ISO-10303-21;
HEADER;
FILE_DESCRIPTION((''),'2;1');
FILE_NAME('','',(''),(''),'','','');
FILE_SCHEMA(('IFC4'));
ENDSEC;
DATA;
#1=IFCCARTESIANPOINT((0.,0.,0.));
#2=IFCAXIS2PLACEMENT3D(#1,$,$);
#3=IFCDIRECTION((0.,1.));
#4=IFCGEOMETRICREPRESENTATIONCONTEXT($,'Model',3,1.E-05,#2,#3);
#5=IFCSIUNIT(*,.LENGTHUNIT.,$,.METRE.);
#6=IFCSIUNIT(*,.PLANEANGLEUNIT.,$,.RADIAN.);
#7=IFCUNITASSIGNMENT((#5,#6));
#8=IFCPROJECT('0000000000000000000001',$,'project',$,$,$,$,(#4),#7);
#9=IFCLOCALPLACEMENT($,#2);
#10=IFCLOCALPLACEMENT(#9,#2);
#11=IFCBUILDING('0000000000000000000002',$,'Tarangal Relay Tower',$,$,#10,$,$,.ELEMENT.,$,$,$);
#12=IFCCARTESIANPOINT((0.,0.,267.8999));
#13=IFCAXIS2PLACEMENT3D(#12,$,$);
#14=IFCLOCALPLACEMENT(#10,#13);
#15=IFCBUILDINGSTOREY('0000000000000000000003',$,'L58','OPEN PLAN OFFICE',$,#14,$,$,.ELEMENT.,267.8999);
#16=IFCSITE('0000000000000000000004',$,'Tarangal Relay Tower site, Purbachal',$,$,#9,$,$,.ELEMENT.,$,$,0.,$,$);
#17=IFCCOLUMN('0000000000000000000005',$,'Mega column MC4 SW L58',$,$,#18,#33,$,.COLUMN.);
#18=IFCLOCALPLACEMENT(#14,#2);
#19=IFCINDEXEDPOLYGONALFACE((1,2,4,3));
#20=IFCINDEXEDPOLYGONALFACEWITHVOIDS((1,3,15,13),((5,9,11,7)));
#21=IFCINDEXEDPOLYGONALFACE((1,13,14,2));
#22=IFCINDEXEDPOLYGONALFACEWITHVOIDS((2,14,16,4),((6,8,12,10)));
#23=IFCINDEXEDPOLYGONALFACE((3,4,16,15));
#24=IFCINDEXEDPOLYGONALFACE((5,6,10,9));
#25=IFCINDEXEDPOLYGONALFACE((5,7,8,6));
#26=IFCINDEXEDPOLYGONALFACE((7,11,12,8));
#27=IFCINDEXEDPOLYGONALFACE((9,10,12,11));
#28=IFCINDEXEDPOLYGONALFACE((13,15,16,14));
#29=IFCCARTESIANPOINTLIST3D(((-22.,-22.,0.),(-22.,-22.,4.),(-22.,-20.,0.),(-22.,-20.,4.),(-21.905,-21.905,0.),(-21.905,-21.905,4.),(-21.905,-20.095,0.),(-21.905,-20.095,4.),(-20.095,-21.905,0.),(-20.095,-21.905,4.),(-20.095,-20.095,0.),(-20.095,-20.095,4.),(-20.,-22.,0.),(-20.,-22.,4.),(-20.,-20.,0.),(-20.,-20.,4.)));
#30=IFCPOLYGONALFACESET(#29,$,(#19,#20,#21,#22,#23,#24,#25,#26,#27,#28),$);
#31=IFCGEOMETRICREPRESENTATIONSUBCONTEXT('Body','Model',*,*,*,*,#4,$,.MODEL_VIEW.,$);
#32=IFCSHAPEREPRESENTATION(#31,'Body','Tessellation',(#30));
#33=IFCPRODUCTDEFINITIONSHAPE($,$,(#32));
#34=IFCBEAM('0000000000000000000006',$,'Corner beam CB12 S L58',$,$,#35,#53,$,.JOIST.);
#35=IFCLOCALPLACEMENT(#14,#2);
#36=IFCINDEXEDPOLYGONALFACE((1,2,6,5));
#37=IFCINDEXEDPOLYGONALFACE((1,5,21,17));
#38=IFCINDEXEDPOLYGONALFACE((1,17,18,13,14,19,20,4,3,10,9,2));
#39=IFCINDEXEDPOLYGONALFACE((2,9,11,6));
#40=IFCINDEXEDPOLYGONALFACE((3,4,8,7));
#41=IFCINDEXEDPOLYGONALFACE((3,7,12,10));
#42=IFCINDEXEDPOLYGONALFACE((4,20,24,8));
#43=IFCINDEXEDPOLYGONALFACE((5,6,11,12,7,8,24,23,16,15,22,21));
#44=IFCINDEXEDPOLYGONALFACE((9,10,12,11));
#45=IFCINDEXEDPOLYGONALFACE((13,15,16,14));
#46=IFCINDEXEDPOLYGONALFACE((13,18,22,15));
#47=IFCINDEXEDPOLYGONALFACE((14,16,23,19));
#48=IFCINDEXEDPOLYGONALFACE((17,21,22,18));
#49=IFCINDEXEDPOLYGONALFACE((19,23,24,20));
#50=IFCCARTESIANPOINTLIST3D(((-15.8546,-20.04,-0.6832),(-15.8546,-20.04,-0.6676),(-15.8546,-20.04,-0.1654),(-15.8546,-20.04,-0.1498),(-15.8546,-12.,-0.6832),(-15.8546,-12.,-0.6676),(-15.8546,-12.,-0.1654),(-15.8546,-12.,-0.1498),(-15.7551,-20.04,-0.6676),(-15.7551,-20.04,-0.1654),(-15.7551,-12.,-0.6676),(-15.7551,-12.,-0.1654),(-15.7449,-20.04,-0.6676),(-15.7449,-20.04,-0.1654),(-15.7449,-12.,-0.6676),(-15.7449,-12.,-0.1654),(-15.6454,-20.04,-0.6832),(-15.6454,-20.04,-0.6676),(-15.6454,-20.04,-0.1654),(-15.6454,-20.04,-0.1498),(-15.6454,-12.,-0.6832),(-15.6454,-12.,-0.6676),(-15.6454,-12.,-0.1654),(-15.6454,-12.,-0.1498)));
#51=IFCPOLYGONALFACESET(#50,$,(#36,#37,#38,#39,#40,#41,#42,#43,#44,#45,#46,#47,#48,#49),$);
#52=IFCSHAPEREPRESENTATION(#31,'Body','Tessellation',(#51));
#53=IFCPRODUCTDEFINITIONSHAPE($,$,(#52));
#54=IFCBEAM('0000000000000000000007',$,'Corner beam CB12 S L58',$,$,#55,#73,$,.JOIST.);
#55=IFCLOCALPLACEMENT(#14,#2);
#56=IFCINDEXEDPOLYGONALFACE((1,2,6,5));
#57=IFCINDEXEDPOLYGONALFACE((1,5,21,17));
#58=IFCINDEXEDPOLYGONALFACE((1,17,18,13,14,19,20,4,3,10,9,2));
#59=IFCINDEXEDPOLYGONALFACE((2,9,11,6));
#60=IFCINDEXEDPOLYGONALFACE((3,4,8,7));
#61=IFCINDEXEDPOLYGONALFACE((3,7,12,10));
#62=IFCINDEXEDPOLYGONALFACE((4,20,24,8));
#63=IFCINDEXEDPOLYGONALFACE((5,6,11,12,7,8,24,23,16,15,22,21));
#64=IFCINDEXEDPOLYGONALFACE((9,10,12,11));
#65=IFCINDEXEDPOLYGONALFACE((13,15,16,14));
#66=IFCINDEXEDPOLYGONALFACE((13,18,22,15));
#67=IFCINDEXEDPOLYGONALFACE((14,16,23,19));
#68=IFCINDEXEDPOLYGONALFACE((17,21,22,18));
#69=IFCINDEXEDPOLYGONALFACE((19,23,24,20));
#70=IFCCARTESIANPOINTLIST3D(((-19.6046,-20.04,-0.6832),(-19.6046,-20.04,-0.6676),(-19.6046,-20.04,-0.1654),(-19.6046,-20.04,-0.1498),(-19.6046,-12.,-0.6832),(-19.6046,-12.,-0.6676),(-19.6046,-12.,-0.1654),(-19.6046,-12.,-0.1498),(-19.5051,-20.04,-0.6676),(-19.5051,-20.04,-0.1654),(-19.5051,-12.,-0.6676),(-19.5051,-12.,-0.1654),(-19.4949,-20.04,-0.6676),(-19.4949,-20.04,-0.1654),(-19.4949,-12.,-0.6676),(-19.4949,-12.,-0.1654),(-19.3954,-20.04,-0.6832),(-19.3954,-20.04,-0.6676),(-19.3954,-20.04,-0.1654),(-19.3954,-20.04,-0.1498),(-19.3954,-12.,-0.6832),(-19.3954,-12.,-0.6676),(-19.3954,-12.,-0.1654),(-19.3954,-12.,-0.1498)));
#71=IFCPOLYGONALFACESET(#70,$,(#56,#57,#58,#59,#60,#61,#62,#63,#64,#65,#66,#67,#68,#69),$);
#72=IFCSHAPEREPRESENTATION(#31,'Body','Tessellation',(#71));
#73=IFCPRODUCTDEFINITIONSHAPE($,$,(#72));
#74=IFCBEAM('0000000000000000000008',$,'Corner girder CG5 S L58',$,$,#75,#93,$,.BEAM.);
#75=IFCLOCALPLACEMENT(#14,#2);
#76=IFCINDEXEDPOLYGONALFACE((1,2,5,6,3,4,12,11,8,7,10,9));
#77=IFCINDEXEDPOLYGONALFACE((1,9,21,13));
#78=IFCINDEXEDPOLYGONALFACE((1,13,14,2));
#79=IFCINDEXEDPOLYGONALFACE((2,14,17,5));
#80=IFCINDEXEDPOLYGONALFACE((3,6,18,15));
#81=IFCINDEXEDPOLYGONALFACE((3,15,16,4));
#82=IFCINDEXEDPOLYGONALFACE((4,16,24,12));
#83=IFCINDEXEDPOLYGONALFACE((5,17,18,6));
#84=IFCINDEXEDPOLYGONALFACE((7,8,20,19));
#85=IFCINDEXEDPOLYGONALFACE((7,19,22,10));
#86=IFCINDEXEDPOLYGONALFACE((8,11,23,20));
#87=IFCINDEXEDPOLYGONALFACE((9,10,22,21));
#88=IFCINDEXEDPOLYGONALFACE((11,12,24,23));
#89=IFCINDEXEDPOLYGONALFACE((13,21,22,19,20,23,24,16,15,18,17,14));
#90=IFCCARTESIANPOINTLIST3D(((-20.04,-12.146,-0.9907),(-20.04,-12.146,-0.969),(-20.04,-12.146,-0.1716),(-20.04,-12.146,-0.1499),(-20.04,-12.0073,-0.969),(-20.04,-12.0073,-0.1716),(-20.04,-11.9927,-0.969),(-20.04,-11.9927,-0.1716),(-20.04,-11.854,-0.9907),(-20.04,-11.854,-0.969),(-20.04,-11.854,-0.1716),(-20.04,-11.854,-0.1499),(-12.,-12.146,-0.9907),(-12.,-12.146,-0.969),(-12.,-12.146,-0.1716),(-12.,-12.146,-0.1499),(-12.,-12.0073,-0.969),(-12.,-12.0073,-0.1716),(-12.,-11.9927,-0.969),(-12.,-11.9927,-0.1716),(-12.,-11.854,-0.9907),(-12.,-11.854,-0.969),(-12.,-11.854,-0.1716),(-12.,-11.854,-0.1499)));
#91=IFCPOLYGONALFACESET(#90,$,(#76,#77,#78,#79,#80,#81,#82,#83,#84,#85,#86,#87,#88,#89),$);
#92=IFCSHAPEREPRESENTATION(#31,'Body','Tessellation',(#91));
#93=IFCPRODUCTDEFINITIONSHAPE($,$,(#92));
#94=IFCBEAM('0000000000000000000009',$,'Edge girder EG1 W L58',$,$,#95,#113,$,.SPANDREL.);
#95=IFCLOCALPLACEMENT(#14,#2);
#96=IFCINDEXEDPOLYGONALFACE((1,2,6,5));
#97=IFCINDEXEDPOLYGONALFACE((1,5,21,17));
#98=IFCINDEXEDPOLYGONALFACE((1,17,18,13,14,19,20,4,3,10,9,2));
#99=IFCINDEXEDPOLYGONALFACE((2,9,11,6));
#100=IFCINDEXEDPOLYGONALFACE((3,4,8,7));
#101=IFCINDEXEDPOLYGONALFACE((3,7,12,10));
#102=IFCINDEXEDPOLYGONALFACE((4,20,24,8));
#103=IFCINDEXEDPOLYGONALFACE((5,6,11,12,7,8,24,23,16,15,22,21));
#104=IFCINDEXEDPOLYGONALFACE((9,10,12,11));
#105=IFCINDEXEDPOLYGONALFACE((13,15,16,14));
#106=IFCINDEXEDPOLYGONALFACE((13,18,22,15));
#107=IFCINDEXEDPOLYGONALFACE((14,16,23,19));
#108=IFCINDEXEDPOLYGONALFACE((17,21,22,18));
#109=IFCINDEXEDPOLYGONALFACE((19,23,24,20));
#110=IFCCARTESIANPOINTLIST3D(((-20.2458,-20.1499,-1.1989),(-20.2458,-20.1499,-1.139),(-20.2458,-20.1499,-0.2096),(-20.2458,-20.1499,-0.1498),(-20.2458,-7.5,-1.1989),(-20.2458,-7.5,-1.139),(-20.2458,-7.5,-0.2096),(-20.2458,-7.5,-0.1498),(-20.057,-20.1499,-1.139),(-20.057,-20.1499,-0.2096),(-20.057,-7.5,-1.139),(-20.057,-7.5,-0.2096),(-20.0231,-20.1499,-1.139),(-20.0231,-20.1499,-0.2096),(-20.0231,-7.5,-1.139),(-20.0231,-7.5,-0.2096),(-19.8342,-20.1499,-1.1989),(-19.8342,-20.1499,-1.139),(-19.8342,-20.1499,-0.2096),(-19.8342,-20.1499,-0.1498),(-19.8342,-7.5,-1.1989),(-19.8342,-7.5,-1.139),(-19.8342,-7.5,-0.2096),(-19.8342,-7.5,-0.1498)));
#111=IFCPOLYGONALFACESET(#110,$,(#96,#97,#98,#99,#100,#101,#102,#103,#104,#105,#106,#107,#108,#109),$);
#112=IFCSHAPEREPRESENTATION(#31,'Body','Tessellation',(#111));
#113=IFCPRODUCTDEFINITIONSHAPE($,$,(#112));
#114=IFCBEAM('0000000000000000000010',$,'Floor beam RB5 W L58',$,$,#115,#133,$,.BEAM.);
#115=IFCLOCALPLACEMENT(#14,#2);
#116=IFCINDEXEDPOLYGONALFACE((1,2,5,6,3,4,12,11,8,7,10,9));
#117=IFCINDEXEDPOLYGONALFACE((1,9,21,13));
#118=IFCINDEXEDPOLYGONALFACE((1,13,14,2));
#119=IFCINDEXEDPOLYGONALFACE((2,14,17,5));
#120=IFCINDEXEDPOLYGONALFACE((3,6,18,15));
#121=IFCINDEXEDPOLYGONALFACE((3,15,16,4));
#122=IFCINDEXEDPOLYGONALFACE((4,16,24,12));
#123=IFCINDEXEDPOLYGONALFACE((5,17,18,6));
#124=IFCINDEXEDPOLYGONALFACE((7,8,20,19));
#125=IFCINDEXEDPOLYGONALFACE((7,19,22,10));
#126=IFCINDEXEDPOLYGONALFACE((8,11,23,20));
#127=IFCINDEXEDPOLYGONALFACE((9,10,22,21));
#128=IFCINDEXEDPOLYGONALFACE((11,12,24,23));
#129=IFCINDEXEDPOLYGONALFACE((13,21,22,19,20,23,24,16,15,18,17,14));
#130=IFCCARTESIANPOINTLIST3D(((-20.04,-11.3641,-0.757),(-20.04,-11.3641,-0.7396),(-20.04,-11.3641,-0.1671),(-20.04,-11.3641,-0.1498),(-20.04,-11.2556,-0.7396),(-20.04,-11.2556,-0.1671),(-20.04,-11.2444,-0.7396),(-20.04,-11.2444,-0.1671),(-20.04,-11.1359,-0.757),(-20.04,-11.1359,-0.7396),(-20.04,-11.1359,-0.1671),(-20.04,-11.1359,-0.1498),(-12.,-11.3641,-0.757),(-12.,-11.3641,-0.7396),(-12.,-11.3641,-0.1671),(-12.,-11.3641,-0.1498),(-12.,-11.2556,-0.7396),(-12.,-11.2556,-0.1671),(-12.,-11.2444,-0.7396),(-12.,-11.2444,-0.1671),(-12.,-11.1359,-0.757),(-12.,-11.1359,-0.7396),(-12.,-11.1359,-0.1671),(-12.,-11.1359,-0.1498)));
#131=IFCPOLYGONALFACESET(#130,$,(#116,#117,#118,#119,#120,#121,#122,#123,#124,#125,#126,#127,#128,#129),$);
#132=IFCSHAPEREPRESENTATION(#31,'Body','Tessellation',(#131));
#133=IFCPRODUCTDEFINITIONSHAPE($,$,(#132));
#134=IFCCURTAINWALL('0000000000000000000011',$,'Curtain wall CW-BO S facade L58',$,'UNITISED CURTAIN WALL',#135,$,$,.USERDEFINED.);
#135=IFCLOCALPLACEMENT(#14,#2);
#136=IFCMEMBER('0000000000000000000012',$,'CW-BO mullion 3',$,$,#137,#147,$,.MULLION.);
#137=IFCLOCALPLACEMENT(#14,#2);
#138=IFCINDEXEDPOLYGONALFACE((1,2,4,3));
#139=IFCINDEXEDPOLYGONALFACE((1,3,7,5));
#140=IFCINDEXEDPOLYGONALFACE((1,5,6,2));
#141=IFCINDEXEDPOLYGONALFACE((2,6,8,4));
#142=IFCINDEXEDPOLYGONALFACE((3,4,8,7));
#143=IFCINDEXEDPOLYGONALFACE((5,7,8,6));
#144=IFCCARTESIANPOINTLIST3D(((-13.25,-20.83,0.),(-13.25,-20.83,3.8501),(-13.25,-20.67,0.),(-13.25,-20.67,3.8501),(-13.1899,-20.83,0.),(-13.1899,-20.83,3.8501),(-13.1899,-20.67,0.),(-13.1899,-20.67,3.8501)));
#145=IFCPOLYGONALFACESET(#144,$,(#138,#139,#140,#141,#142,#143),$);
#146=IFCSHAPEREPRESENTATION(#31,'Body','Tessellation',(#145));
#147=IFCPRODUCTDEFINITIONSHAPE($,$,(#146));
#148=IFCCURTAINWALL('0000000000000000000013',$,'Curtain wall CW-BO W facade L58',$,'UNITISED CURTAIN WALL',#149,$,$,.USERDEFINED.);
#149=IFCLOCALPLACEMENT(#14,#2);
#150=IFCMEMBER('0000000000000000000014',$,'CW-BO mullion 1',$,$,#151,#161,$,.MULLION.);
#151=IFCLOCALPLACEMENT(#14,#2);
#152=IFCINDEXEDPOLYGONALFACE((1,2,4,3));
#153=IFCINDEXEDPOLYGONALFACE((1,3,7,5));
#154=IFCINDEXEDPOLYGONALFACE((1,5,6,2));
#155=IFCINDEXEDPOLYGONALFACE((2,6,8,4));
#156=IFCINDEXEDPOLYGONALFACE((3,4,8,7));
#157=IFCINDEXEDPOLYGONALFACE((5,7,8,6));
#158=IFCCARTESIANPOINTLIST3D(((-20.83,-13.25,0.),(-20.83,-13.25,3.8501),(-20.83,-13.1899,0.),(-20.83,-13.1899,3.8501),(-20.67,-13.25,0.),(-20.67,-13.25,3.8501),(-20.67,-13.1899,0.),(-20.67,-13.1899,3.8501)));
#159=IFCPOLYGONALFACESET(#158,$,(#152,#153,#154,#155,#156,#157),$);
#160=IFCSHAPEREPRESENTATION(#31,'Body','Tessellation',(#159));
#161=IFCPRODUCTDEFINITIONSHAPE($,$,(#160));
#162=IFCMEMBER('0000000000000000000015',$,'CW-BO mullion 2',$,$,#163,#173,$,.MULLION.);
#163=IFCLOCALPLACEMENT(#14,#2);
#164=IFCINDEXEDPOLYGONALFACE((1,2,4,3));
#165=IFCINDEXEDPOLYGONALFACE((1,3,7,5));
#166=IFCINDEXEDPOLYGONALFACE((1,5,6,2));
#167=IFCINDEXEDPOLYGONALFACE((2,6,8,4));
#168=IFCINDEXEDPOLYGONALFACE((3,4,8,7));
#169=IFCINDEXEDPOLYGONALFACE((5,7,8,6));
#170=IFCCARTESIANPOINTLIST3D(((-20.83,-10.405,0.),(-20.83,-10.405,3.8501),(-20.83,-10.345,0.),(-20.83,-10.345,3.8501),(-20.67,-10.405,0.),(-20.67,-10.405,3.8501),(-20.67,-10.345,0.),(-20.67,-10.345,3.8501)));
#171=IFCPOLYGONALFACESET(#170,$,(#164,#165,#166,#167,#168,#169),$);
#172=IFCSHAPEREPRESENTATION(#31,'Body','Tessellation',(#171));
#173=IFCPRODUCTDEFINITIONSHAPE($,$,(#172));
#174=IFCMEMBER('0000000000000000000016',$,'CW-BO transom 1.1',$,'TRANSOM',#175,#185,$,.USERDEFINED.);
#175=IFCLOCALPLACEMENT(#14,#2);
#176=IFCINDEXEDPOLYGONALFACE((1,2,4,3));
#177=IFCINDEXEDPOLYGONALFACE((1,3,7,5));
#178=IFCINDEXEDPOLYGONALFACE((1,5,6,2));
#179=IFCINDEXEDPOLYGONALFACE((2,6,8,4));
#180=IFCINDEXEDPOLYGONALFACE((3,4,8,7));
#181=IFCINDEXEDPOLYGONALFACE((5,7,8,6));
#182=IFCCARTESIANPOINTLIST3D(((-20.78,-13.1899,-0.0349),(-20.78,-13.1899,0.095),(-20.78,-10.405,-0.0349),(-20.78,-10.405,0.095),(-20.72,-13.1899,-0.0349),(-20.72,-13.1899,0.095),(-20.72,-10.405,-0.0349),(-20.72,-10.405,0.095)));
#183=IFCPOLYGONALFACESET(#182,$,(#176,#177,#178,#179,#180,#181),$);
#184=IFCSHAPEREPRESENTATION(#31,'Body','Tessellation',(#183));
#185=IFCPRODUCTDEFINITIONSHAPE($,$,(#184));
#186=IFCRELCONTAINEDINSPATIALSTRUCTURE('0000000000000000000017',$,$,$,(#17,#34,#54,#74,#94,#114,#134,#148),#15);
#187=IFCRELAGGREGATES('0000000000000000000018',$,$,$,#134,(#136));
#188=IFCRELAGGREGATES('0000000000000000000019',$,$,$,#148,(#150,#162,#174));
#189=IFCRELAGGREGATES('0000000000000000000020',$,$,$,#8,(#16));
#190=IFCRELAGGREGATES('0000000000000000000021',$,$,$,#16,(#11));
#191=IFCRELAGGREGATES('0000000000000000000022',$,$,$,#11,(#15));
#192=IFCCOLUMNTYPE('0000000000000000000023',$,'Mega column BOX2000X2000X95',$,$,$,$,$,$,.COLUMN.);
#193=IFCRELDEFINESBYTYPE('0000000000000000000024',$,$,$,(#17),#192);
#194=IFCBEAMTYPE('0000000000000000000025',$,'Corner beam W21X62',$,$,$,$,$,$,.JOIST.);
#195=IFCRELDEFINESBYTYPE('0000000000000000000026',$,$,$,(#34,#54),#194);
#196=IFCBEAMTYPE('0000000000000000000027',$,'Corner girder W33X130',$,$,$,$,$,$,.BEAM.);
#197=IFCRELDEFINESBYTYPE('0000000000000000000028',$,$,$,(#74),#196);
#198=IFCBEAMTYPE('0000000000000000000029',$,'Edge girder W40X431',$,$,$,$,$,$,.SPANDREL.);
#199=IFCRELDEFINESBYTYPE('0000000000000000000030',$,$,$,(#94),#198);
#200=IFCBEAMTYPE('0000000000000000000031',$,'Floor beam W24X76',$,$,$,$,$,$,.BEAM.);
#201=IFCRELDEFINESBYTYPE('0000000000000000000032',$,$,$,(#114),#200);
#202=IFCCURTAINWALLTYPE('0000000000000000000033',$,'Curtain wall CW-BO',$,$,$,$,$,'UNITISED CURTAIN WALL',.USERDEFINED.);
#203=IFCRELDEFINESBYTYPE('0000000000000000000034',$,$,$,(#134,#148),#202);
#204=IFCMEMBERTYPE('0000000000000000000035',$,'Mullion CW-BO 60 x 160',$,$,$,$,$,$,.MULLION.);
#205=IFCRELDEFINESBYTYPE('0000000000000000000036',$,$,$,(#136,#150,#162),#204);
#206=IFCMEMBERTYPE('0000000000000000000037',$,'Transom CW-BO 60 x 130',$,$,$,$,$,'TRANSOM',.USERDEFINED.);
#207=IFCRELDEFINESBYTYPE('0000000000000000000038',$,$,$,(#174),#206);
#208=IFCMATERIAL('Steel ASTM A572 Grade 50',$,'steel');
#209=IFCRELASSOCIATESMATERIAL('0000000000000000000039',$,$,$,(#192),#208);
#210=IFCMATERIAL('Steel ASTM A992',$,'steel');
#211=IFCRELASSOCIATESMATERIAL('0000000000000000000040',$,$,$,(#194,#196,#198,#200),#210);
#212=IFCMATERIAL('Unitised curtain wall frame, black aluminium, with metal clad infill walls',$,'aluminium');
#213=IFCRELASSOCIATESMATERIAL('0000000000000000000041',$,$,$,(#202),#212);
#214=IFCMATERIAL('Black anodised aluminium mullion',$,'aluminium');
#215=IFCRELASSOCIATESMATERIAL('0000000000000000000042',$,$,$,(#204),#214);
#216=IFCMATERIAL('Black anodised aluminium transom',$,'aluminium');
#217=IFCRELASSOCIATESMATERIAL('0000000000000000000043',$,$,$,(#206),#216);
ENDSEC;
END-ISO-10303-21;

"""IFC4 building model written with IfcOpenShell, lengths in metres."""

from ifc_helpers import new_model, si_unit, direction, frame, origin, origin_2d, place, context, subcontext, project, spatial, rectangle, hollow_rectangle, i_section, extrude, material, material_profile, profile_set, type_object, element, aggregate, save


model = new_model("IFC4")

# Units and contexts
model_context = context("Model", 3, precision=1e-05, world=origin(), true_north=direction((0.0, 1.0)))
body_context = subcontext(model_context, "Body", "Model", "MODEL_VIEW")
ifc_project = project(units=[si_unit("LENGTHUNIT", "METRE"), si_unit("PLANEANGLEUNIT", "RADIAN")], contexts=[model_context])

# Site, building, storey
site_placement = place(None, origin())
site = spatial("IfcSite", under=ifc_project, at=site_placement, Name="Tarangal Relay Tower site, Purbachal", CompositionType="ELEMENT", RefElevation=0.0)
building_placement = place(site_placement, origin())
building = spatial("IfcBuilding", under=site, at=building_placement, Name="Tarangal Relay Tower", CompositionType="ELEMENT")
storey_placement = place(building_placement, frame((0.0, 0.0, 267.8999)))
storey = spatial("IfcBuildingStorey", under=building, at=storey_placement, Name="L58", Description="OPEN PLAN OFFICE", CompositionType="ELEMENT", Elevation=267.8999)

# Column
ifc_material_1 = material(Name="Steel ASTM A572 Grade 50", Category="steel")
ifc_material_profile_1 = material_profile(ifc_material_1, hollow_rectangle(XDim=2.0, YDim=2.0, WallThickness=0.095, at=origin_2d()), Name="BOX2000X2000X95")
ifc_profile_set_1 = profile_set([ifc_material_profile_1], Name="Steel ASTM A572 Grade 50")
column_type = type_object("IfcColumnType", Name="Mega column BOX2000X2000X95", PredefinedType="COLUMN", material=ifc_profile_set_1)
column_placement = place(storey_placement, frame((-21.0, -21.0, 0.0), z_axis=(0.0, 0.0, 1.0), x_axis=(1.0, 0.0, 0.0)))
element("IfcColumn", 1, at=column_placement, inside=storey, type_object=column_type, Name="Mega column MC4 SW L58", PredefinedType="COLUMN", context=body_context, shape_type="SweptSolid", body=[
    extrude(hollow_rectangle(XDim=2.0, YDim=2.0, WallThickness=0.095, at=origin_2d()), origin(), (0.0, 0.0, 1.0), 4.0),
])

# Beams
ifc_material_2 = material(Name="Steel ASTM A992", Category="steel")
ifc_material_profile_2 = material_profile(ifc_material_2, i_section(OverallWidth=0.2092, OverallDepth=0.5334, WebThickness=0.0103, FlangeThickness=0.0156, at=origin_2d()), Name="W21X62")
ifc_profile_set_2 = profile_set([ifc_material_profile_2], Name="Steel ASTM A992")
beam_type_1 = type_object("IfcBeamType", Name="Corner beam W21X62", PredefinedType="JOIST", material=ifc_profile_set_2)
for number, where, z_axis, x_axis, name in (
    (2, (-15.75, -12.0, -0.4165), (0.0, -1.0, 0.0), (1.0, 0.0, 0.0), "Corner beam CB12 S L58"),
    (3, (-19.5, -12.0, -0.4165), (0.0, -1.0, 0.0), (1.0, 0.0, 0.0), "Corner beam CB12 S L58"),
):
    element("IfcBeam", number, at=place(storey_placement, frame(where, z_axis=z_axis, x_axis=x_axis)), inside=storey, type_object=beam_type_1, Name=name, PredefinedType="JOIST", context=body_context, shape_type="SweptSolid", body=[
        extrude(i_section(OverallWidth=0.2092, OverallDepth=0.5334, WebThickness=0.0103, FlangeThickness=0.0156, at=origin_2d()), origin(), (0.0, 0.0, 1.0), 8.04),
    ])
ifc_material_profile_3 = material_profile(ifc_material_2, i_section(OverallWidth=0.292, OverallDepth=0.8408, WebThickness=0.0146, FlangeThickness=0.0217, at=origin_2d()), Name="W33X130")
ifc_profile_set_3 = profile_set([ifc_material_profile_3], Name="Steel ASTM A992")
beam_type_2 = type_object("IfcBeamType", Name="Corner girder W33X130", PredefinedType="BEAM", material=ifc_profile_set_3)
beam_1_placement = place(storey_placement, frame((-12.0, -12.0, -0.5703), z_axis=(-1.0, 0.0, 0.0), x_axis=(0.0, -1.0, 0.0)))
element("IfcBeam", 4, at=beam_1_placement, inside=storey, type_object=beam_type_2, Name="Corner girder CG5 S L58", PredefinedType="BEAM", context=body_context, shape_type="SweptSolid", body=[
    extrude(i_section(OverallWidth=0.292, OverallDepth=0.8408, WebThickness=0.0146, FlangeThickness=0.0217, at=origin_2d()), origin(), (0.0, 0.0, 1.0), 8.04),
])
ifc_material_profile_4 = material_profile(ifc_material_2, i_section(OverallWidth=0.4116, OverallDepth=1.0491, WebThickness=0.0339, FlangeThickness=0.0598, at=origin_2d()), Name="W40X431")
ifc_profile_set_4 = profile_set([ifc_material_profile_4], Name="Steel ASTM A992")
beam_type_3 = type_object("IfcBeamType", Name="Edge girder W40X431", PredefinedType="SPANDREL", material=ifc_profile_set_4)
beam_2_placement = place(storey_placement, frame((-20.04, -20.1499, -0.6743), z_axis=(0.0, 1.0, 0.0), x_axis=(-1.0, 0.0, 0.0)))
element("IfcBeam", 5, at=beam_2_placement, inside=storey, type_object=beam_type_3, Name="Edge girder EG1 W L58", PredefinedType="SPANDREL", context=body_context, shape_type="SweptSolid", body=[
    extrude(i_section(OverallWidth=0.4116, OverallDepth=1.0491, WebThickness=0.0339, FlangeThickness=0.0598, at=origin_2d()), origin(), (0.0, 0.0, 1.0), 12.6499),
])
ifc_material_profile_5 = material_profile(ifc_material_2, i_section(OverallWidth=0.2283, OverallDepth=0.6072, WebThickness=0.0112, FlangeThickness=0.0173, at=origin_2d()), Name="W24X76")
ifc_profile_set_5 = profile_set([ifc_material_profile_5], Name="Steel ASTM A992")
beam_type_4 = type_object("IfcBeamType", Name="Floor beam W24X76", PredefinedType="BEAM", material=ifc_profile_set_5)
beam_3_placement = place(storey_placement, frame((-12.0, -11.25, -0.4534), z_axis=(-1.0, 0.0, 0.0), x_axis=(0.0, -1.0, 0.0)))
element("IfcBeam", 6, at=beam_3_placement, inside=storey, type_object=beam_type_4, Name="Floor beam RB5 W L58", PredefinedType="BEAM", context=body_context, shape_type="SweptSolid", body=[
    extrude(i_section(OverallWidth=0.2283, OverallDepth=0.6072, WebThickness=0.0112, FlangeThickness=0.0173, at=origin_2d()), origin(), (0.0, 0.0, 1.0), 8.04),
])

# Curtain wall, member
ifc_material_3 = material(Name="Unitised curtain wall frame, black aluminium, with metal clad infill walls", Category="aluminium")
curtain_wall_type = type_object("IfcCurtainWallType", Name="Curtain wall CW-BO", ElementType="UNITISED CURTAIN WALL", PredefinedType="USERDEFINED", material=ifc_material_3)
curtain_wall_1_placement = place(storey_placement, origin())
curtain_wall_1 = element("IfcCurtainWall", 7, at=curtain_wall_1_placement, inside=storey, type_object=curtain_wall_type, Name="Curtain wall CW-BO S facade L58", ObjectType="UNITISED CURTAIN WALL", PredefinedType="USERDEFINED")
ifc_material_4 = material(Name="Black anodised aluminium mullion", Category="aluminium")
ifc_material_profile_6 = material_profile(ifc_material_4, rectangle(XDim=0.1599, YDim=0.0601, at=origin_2d()), Name="CW-BOM 60X160")
ifc_profile_set_6 = profile_set([ifc_material_profile_6], Name="Black anodised aluminium mullion")
member_type_1 = type_object("IfcMemberType", Name="Mullion CW-BO 60 x 160", PredefinedType="MULLION", material=ifc_profile_set_6)
member_1_placement = place(storey_placement, frame((-13.22, -20.75, 0.0), z_axis=(0.0, 0.0, 1.0), x_axis=(0.0, -1.0, 0.0)))
member_1 = element("IfcMember", 8, at=member_1_placement, type_object=member_type_1, Name="CW-BO mullion 3", PredefinedType="MULLION", context=body_context, shape_type="SweptSolid", body=[
    extrude(rectangle(XDim=0.1599, YDim=0.0601, at=origin_2d()), origin(), (0.0, 0.0, 1.0), 3.8501),
])
aggregate(curtain_wall_1, [member_1])

# Curtain wall, members
curtain_wall_2_placement = place(storey_placement, origin())
curtain_wall_2 = element("IfcCurtainWall", 9, at=curtain_wall_2_placement, inside=storey, type_object=curtain_wall_type, Name="Curtain wall CW-BO W facade L58", ObjectType="UNITISED CURTAIN WALL", PredefinedType="USERDEFINED")
member_2_placement = place(storey_placement, frame((-20.75, -13.22, 0.0), z_axis=(0.0, 0.0, 1.0), x_axis=(-1.0, 0.0, 0.0)))
member_2 = element("IfcMember", 10, at=member_2_placement, type_object=member_type_1, Name="CW-BO mullion 1", PredefinedType="MULLION", context=body_context, shape_type="SweptSolid", body=[
    extrude(rectangle(XDim=0.1599, YDim=0.0601, at=origin_2d()), origin(), (0.0, 0.0, 1.0), 3.8501),
])
member_3_placement = place(storey_placement, frame((-20.75, -10.375, 0.0), z_axis=(0.0, 0.0, 1.0), x_axis=(-1.0, 0.0, 0.0)))
member_3 = element("IfcMember", 11, at=member_3_placement, type_object=member_type_1, Name="CW-BO mullion 2", PredefinedType="MULLION", context=body_context, shape_type="SweptSolid", body=[
    extrude(rectangle(XDim=0.1599, YDim=0.0601, at=origin_2d()), origin(), (0.0, 0.0, 1.0), 3.8501),
])
ifc_material_5 = material(Name="Black anodised aluminium transom", Category="aluminium")
ifc_material_profile_7 = material_profile(ifc_material_5, rectangle(XDim=0.0601, YDim=0.1299, at=origin_2d()), Name="CW-BOT 60X130")
ifc_profile_set_7 = profile_set([ifc_material_profile_7], Name="Black anodised aluminium transom")
member_type_2 = type_object("IfcMemberType", Name="Transom CW-BO 60 x 130", ElementType="TRANSOM", PredefinedType="USERDEFINED", material=ifc_profile_set_7)
member_4_placement = place(storey_placement, frame((-20.75, -13.1899, 0.03), z_axis=(0.0, 1.0, 0.0), x_axis=(-1.0, 0.0, 0.0)))
member_4 = element("IfcMember", 12, at=member_4_placement, type_object=member_type_2, Name="CW-BO transom 1.1", ObjectType="TRANSOM", PredefinedType="USERDEFINED", context=body_context, shape_type="SweptSolid", body=[
    extrude(rectangle(XDim=0.0601, YDim=0.1299, at=origin_2d()), origin(), (0.0, 0.0, 1.0), 2.7849),
])
aggregate(curtain_wall_2, [member_2, member_3, member_4])

save(model, "model.ifc")
